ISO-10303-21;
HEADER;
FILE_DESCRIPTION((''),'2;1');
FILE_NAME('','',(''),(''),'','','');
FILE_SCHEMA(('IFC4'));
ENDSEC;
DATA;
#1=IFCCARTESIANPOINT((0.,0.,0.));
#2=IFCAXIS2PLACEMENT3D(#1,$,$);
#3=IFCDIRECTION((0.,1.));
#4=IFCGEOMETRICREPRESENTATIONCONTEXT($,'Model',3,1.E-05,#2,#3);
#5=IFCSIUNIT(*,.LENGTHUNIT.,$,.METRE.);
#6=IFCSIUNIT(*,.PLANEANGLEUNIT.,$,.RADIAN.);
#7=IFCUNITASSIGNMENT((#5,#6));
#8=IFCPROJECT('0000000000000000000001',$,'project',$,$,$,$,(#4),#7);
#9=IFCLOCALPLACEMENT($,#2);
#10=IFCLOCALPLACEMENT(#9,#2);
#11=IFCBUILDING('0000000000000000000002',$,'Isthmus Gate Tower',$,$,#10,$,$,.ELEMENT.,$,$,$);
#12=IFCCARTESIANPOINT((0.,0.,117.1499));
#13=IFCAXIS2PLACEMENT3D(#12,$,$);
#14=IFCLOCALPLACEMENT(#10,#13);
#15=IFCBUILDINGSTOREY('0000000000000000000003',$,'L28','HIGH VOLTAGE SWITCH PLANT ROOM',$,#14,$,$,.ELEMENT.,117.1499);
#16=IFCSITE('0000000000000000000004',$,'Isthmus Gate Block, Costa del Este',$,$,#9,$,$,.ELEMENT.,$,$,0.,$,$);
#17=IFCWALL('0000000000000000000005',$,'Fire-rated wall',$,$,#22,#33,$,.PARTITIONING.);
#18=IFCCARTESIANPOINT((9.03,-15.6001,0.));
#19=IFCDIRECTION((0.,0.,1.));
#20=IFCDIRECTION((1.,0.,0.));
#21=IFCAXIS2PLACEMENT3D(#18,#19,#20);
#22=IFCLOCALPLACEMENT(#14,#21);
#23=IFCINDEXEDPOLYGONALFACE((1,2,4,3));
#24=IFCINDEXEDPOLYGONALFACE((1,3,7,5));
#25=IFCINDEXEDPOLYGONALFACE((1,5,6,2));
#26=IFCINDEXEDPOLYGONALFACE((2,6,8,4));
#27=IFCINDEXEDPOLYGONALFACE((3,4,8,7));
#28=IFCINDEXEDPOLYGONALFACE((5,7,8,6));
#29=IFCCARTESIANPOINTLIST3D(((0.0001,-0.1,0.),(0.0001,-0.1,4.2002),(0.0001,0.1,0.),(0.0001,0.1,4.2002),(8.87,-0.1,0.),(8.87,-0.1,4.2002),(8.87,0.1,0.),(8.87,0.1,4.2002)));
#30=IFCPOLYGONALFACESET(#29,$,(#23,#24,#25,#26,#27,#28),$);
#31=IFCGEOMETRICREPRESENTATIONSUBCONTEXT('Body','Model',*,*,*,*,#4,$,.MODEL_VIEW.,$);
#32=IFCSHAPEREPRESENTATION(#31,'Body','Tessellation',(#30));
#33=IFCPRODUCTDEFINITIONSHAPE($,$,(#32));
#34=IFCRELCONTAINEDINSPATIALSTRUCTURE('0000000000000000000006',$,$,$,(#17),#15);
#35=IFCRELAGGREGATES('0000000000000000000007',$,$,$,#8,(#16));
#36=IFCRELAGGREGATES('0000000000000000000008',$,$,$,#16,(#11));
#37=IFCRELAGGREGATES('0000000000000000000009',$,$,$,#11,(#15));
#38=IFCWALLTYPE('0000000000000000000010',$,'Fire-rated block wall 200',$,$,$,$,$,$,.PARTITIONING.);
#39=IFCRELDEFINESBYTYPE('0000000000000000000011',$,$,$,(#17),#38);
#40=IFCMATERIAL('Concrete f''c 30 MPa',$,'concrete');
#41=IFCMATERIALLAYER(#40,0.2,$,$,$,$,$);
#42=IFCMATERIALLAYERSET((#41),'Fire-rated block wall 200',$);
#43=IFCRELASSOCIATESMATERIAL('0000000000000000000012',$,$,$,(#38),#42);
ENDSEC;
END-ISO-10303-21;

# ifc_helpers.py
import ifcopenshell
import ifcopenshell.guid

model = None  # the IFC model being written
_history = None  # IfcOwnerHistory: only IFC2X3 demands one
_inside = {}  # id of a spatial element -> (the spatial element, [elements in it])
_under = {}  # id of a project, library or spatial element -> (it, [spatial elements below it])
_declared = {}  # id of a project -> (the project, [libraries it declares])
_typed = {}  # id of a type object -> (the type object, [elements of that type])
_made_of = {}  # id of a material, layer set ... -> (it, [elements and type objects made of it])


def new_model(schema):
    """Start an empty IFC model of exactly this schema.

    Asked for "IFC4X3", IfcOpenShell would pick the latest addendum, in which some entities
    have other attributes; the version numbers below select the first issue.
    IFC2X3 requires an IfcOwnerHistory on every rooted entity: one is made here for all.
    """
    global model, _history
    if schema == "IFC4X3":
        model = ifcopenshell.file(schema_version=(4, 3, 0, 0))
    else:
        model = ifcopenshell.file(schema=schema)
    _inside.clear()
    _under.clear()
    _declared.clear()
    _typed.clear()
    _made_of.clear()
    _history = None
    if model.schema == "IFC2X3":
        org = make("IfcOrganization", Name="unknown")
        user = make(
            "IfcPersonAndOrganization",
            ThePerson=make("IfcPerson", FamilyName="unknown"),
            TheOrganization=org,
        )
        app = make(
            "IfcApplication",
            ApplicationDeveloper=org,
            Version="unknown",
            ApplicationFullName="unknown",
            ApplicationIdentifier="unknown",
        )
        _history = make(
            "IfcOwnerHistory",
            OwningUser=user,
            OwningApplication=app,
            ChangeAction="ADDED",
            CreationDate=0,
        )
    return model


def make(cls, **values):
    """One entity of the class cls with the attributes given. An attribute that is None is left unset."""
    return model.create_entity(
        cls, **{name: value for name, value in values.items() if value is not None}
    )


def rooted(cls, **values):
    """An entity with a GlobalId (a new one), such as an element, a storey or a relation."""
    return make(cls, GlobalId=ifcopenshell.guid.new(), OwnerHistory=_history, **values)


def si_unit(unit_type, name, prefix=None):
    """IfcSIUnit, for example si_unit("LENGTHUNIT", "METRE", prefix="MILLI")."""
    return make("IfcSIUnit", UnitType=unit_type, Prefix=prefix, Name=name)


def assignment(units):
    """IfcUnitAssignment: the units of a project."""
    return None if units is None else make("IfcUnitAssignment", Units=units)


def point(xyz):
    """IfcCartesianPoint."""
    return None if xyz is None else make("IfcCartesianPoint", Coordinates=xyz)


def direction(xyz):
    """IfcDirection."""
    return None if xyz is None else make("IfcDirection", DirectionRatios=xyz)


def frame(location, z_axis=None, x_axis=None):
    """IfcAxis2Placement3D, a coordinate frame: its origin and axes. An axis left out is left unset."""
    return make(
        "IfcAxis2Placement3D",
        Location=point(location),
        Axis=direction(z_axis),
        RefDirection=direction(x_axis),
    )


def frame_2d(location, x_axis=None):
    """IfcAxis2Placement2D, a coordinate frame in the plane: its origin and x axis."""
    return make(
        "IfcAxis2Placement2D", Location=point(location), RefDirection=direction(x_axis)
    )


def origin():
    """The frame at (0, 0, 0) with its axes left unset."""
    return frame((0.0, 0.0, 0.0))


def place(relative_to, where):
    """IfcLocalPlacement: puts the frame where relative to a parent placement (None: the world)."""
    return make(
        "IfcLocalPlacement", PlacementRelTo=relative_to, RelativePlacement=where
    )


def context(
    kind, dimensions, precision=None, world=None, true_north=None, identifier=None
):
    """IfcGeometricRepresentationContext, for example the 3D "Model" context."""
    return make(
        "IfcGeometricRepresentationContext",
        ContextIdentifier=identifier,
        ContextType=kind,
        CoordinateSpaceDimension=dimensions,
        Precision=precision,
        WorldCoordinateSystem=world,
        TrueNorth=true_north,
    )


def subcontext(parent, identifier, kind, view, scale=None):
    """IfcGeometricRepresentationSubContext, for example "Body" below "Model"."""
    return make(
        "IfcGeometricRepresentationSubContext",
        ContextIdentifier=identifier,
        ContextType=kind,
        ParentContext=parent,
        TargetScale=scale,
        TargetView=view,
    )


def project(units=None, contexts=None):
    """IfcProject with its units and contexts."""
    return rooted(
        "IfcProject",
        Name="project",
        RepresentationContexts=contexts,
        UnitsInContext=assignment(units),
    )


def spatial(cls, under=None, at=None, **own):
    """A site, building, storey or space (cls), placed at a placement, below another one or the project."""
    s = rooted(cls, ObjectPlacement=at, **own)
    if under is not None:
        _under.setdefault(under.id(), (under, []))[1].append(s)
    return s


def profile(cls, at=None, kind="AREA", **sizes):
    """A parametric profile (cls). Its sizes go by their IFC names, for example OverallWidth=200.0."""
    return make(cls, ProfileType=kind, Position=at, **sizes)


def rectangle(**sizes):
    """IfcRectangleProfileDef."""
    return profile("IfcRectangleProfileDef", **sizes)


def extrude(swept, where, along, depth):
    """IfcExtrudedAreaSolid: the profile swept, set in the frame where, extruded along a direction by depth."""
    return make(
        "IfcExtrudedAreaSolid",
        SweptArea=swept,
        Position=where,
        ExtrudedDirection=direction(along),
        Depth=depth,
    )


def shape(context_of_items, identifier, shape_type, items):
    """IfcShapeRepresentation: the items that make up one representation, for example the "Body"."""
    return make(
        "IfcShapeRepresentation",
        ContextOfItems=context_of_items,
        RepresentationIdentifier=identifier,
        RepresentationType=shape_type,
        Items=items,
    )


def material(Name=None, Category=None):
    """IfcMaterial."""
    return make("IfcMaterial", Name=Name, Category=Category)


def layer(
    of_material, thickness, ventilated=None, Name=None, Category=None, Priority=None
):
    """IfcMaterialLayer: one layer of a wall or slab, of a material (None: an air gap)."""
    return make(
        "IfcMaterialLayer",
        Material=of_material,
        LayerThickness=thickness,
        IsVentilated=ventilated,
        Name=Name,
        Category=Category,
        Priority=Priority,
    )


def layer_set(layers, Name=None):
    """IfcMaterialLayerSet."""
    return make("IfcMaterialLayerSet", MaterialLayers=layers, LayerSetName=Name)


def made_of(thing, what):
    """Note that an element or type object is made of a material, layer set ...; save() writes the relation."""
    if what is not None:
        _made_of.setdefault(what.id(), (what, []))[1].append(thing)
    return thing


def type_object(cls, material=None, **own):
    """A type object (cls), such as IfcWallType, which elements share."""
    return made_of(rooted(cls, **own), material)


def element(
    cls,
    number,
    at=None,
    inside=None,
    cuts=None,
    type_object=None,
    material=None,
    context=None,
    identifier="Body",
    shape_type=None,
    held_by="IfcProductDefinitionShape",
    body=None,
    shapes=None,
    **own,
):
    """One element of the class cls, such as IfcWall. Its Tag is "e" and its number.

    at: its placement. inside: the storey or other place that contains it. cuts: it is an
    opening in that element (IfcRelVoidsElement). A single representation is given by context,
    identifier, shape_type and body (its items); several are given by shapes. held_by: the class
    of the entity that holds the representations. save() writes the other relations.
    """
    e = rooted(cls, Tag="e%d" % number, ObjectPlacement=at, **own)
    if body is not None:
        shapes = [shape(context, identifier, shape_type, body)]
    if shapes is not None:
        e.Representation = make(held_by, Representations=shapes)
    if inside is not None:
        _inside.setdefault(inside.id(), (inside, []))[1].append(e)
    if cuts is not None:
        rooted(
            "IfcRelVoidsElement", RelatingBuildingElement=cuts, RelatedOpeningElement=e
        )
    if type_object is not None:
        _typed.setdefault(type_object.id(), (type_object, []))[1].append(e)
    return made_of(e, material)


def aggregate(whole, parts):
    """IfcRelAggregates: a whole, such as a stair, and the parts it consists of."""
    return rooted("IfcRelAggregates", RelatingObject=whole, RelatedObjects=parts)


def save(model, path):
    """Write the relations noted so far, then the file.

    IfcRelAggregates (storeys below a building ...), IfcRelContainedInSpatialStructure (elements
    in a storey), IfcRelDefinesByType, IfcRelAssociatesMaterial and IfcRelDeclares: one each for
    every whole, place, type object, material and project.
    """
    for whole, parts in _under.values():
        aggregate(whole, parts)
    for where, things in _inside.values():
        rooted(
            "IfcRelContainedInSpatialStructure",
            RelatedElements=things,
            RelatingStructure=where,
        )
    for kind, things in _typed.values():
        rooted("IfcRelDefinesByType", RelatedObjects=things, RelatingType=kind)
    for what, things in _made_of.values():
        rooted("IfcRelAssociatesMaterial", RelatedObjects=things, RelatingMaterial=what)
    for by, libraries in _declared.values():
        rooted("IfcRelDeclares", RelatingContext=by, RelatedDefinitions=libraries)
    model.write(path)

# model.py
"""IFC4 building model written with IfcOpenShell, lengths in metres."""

from ifc_helpers import new_model, si_unit, direction, frame, frame_2d, origin, place, context, subcontext, project, spatial, rectangle, extrude, material, layer, layer_set, type_object, element, save


model = new_model("IFC4")

# Units and contexts
model_context = context("Model", 3, precision=1e-05, world=origin(), true_north=direction((0.0, 1.0)))
body_context = subcontext(model_context, "Body", "Model", "MODEL_VIEW")
ifc_project = project(units=[si_unit("LENGTHUNIT", "METRE"), si_unit("PLANEANGLEUNIT", "RADIAN")], contexts=[model_context])

# Site, building, storey
site_placement = place(None, origin())
site = spatial("IfcSite", under=ifc_project, at=site_placement, Name="Isthmus Gate Block, Costa del Este", CompositionType="ELEMENT", RefElevation=0.0)
building_placement = place(site_placement, origin())
building = spatial("IfcBuilding", under=site, at=building_placement, Name="Isthmus Gate Tower", CompositionType="ELEMENT")
storey_placement = place(building_placement, frame((0.0, 0.0, 117.1499)))
storey = spatial("IfcBuildingStorey", under=building, at=storey_placement, Name="L28", Description="HIGH VOLTAGE SWITCH PLANT ROOM", CompositionType="ELEMENT", Elevation=117.1499)

# Shared definitions
ifc_material_1 = material(Name="Concrete f'c 30 MPa", Category="concrete")
ifc_layer_1 = layer(ifc_material_1, 0.2)
ifc_layer_set_1 = layer_set([ifc_layer_1], Name="Fire-rated block wall 200")
wall_type_1 = type_object("IfcWallType", Name="Fire-rated block wall 200", PredefinedType="PARTITIONING", material=ifc_layer_set_1)

# Wall
wall_1_placement = place(storey_placement, frame((9.03, -15.6001, 0.0), z_axis=(0.0, 0.0, 1.0), x_axis=(1.0, 0.0, 0.0)))
element("IfcWall", 1, at=wall_1_placement, inside=storey, type_object=wall_type_1, Name="Fire-rated wall", PredefinedType="PARTITIONING", context=body_context, shape_type="SweptSolid", body=[
    extrude(rectangle(XDim=8.8699, YDim=0.2, at=frame_2d((4.4351, 0.0))), origin(), (0.0, 0.0, 1.0), 4.2002),
])

save(model, "model.ifc")
